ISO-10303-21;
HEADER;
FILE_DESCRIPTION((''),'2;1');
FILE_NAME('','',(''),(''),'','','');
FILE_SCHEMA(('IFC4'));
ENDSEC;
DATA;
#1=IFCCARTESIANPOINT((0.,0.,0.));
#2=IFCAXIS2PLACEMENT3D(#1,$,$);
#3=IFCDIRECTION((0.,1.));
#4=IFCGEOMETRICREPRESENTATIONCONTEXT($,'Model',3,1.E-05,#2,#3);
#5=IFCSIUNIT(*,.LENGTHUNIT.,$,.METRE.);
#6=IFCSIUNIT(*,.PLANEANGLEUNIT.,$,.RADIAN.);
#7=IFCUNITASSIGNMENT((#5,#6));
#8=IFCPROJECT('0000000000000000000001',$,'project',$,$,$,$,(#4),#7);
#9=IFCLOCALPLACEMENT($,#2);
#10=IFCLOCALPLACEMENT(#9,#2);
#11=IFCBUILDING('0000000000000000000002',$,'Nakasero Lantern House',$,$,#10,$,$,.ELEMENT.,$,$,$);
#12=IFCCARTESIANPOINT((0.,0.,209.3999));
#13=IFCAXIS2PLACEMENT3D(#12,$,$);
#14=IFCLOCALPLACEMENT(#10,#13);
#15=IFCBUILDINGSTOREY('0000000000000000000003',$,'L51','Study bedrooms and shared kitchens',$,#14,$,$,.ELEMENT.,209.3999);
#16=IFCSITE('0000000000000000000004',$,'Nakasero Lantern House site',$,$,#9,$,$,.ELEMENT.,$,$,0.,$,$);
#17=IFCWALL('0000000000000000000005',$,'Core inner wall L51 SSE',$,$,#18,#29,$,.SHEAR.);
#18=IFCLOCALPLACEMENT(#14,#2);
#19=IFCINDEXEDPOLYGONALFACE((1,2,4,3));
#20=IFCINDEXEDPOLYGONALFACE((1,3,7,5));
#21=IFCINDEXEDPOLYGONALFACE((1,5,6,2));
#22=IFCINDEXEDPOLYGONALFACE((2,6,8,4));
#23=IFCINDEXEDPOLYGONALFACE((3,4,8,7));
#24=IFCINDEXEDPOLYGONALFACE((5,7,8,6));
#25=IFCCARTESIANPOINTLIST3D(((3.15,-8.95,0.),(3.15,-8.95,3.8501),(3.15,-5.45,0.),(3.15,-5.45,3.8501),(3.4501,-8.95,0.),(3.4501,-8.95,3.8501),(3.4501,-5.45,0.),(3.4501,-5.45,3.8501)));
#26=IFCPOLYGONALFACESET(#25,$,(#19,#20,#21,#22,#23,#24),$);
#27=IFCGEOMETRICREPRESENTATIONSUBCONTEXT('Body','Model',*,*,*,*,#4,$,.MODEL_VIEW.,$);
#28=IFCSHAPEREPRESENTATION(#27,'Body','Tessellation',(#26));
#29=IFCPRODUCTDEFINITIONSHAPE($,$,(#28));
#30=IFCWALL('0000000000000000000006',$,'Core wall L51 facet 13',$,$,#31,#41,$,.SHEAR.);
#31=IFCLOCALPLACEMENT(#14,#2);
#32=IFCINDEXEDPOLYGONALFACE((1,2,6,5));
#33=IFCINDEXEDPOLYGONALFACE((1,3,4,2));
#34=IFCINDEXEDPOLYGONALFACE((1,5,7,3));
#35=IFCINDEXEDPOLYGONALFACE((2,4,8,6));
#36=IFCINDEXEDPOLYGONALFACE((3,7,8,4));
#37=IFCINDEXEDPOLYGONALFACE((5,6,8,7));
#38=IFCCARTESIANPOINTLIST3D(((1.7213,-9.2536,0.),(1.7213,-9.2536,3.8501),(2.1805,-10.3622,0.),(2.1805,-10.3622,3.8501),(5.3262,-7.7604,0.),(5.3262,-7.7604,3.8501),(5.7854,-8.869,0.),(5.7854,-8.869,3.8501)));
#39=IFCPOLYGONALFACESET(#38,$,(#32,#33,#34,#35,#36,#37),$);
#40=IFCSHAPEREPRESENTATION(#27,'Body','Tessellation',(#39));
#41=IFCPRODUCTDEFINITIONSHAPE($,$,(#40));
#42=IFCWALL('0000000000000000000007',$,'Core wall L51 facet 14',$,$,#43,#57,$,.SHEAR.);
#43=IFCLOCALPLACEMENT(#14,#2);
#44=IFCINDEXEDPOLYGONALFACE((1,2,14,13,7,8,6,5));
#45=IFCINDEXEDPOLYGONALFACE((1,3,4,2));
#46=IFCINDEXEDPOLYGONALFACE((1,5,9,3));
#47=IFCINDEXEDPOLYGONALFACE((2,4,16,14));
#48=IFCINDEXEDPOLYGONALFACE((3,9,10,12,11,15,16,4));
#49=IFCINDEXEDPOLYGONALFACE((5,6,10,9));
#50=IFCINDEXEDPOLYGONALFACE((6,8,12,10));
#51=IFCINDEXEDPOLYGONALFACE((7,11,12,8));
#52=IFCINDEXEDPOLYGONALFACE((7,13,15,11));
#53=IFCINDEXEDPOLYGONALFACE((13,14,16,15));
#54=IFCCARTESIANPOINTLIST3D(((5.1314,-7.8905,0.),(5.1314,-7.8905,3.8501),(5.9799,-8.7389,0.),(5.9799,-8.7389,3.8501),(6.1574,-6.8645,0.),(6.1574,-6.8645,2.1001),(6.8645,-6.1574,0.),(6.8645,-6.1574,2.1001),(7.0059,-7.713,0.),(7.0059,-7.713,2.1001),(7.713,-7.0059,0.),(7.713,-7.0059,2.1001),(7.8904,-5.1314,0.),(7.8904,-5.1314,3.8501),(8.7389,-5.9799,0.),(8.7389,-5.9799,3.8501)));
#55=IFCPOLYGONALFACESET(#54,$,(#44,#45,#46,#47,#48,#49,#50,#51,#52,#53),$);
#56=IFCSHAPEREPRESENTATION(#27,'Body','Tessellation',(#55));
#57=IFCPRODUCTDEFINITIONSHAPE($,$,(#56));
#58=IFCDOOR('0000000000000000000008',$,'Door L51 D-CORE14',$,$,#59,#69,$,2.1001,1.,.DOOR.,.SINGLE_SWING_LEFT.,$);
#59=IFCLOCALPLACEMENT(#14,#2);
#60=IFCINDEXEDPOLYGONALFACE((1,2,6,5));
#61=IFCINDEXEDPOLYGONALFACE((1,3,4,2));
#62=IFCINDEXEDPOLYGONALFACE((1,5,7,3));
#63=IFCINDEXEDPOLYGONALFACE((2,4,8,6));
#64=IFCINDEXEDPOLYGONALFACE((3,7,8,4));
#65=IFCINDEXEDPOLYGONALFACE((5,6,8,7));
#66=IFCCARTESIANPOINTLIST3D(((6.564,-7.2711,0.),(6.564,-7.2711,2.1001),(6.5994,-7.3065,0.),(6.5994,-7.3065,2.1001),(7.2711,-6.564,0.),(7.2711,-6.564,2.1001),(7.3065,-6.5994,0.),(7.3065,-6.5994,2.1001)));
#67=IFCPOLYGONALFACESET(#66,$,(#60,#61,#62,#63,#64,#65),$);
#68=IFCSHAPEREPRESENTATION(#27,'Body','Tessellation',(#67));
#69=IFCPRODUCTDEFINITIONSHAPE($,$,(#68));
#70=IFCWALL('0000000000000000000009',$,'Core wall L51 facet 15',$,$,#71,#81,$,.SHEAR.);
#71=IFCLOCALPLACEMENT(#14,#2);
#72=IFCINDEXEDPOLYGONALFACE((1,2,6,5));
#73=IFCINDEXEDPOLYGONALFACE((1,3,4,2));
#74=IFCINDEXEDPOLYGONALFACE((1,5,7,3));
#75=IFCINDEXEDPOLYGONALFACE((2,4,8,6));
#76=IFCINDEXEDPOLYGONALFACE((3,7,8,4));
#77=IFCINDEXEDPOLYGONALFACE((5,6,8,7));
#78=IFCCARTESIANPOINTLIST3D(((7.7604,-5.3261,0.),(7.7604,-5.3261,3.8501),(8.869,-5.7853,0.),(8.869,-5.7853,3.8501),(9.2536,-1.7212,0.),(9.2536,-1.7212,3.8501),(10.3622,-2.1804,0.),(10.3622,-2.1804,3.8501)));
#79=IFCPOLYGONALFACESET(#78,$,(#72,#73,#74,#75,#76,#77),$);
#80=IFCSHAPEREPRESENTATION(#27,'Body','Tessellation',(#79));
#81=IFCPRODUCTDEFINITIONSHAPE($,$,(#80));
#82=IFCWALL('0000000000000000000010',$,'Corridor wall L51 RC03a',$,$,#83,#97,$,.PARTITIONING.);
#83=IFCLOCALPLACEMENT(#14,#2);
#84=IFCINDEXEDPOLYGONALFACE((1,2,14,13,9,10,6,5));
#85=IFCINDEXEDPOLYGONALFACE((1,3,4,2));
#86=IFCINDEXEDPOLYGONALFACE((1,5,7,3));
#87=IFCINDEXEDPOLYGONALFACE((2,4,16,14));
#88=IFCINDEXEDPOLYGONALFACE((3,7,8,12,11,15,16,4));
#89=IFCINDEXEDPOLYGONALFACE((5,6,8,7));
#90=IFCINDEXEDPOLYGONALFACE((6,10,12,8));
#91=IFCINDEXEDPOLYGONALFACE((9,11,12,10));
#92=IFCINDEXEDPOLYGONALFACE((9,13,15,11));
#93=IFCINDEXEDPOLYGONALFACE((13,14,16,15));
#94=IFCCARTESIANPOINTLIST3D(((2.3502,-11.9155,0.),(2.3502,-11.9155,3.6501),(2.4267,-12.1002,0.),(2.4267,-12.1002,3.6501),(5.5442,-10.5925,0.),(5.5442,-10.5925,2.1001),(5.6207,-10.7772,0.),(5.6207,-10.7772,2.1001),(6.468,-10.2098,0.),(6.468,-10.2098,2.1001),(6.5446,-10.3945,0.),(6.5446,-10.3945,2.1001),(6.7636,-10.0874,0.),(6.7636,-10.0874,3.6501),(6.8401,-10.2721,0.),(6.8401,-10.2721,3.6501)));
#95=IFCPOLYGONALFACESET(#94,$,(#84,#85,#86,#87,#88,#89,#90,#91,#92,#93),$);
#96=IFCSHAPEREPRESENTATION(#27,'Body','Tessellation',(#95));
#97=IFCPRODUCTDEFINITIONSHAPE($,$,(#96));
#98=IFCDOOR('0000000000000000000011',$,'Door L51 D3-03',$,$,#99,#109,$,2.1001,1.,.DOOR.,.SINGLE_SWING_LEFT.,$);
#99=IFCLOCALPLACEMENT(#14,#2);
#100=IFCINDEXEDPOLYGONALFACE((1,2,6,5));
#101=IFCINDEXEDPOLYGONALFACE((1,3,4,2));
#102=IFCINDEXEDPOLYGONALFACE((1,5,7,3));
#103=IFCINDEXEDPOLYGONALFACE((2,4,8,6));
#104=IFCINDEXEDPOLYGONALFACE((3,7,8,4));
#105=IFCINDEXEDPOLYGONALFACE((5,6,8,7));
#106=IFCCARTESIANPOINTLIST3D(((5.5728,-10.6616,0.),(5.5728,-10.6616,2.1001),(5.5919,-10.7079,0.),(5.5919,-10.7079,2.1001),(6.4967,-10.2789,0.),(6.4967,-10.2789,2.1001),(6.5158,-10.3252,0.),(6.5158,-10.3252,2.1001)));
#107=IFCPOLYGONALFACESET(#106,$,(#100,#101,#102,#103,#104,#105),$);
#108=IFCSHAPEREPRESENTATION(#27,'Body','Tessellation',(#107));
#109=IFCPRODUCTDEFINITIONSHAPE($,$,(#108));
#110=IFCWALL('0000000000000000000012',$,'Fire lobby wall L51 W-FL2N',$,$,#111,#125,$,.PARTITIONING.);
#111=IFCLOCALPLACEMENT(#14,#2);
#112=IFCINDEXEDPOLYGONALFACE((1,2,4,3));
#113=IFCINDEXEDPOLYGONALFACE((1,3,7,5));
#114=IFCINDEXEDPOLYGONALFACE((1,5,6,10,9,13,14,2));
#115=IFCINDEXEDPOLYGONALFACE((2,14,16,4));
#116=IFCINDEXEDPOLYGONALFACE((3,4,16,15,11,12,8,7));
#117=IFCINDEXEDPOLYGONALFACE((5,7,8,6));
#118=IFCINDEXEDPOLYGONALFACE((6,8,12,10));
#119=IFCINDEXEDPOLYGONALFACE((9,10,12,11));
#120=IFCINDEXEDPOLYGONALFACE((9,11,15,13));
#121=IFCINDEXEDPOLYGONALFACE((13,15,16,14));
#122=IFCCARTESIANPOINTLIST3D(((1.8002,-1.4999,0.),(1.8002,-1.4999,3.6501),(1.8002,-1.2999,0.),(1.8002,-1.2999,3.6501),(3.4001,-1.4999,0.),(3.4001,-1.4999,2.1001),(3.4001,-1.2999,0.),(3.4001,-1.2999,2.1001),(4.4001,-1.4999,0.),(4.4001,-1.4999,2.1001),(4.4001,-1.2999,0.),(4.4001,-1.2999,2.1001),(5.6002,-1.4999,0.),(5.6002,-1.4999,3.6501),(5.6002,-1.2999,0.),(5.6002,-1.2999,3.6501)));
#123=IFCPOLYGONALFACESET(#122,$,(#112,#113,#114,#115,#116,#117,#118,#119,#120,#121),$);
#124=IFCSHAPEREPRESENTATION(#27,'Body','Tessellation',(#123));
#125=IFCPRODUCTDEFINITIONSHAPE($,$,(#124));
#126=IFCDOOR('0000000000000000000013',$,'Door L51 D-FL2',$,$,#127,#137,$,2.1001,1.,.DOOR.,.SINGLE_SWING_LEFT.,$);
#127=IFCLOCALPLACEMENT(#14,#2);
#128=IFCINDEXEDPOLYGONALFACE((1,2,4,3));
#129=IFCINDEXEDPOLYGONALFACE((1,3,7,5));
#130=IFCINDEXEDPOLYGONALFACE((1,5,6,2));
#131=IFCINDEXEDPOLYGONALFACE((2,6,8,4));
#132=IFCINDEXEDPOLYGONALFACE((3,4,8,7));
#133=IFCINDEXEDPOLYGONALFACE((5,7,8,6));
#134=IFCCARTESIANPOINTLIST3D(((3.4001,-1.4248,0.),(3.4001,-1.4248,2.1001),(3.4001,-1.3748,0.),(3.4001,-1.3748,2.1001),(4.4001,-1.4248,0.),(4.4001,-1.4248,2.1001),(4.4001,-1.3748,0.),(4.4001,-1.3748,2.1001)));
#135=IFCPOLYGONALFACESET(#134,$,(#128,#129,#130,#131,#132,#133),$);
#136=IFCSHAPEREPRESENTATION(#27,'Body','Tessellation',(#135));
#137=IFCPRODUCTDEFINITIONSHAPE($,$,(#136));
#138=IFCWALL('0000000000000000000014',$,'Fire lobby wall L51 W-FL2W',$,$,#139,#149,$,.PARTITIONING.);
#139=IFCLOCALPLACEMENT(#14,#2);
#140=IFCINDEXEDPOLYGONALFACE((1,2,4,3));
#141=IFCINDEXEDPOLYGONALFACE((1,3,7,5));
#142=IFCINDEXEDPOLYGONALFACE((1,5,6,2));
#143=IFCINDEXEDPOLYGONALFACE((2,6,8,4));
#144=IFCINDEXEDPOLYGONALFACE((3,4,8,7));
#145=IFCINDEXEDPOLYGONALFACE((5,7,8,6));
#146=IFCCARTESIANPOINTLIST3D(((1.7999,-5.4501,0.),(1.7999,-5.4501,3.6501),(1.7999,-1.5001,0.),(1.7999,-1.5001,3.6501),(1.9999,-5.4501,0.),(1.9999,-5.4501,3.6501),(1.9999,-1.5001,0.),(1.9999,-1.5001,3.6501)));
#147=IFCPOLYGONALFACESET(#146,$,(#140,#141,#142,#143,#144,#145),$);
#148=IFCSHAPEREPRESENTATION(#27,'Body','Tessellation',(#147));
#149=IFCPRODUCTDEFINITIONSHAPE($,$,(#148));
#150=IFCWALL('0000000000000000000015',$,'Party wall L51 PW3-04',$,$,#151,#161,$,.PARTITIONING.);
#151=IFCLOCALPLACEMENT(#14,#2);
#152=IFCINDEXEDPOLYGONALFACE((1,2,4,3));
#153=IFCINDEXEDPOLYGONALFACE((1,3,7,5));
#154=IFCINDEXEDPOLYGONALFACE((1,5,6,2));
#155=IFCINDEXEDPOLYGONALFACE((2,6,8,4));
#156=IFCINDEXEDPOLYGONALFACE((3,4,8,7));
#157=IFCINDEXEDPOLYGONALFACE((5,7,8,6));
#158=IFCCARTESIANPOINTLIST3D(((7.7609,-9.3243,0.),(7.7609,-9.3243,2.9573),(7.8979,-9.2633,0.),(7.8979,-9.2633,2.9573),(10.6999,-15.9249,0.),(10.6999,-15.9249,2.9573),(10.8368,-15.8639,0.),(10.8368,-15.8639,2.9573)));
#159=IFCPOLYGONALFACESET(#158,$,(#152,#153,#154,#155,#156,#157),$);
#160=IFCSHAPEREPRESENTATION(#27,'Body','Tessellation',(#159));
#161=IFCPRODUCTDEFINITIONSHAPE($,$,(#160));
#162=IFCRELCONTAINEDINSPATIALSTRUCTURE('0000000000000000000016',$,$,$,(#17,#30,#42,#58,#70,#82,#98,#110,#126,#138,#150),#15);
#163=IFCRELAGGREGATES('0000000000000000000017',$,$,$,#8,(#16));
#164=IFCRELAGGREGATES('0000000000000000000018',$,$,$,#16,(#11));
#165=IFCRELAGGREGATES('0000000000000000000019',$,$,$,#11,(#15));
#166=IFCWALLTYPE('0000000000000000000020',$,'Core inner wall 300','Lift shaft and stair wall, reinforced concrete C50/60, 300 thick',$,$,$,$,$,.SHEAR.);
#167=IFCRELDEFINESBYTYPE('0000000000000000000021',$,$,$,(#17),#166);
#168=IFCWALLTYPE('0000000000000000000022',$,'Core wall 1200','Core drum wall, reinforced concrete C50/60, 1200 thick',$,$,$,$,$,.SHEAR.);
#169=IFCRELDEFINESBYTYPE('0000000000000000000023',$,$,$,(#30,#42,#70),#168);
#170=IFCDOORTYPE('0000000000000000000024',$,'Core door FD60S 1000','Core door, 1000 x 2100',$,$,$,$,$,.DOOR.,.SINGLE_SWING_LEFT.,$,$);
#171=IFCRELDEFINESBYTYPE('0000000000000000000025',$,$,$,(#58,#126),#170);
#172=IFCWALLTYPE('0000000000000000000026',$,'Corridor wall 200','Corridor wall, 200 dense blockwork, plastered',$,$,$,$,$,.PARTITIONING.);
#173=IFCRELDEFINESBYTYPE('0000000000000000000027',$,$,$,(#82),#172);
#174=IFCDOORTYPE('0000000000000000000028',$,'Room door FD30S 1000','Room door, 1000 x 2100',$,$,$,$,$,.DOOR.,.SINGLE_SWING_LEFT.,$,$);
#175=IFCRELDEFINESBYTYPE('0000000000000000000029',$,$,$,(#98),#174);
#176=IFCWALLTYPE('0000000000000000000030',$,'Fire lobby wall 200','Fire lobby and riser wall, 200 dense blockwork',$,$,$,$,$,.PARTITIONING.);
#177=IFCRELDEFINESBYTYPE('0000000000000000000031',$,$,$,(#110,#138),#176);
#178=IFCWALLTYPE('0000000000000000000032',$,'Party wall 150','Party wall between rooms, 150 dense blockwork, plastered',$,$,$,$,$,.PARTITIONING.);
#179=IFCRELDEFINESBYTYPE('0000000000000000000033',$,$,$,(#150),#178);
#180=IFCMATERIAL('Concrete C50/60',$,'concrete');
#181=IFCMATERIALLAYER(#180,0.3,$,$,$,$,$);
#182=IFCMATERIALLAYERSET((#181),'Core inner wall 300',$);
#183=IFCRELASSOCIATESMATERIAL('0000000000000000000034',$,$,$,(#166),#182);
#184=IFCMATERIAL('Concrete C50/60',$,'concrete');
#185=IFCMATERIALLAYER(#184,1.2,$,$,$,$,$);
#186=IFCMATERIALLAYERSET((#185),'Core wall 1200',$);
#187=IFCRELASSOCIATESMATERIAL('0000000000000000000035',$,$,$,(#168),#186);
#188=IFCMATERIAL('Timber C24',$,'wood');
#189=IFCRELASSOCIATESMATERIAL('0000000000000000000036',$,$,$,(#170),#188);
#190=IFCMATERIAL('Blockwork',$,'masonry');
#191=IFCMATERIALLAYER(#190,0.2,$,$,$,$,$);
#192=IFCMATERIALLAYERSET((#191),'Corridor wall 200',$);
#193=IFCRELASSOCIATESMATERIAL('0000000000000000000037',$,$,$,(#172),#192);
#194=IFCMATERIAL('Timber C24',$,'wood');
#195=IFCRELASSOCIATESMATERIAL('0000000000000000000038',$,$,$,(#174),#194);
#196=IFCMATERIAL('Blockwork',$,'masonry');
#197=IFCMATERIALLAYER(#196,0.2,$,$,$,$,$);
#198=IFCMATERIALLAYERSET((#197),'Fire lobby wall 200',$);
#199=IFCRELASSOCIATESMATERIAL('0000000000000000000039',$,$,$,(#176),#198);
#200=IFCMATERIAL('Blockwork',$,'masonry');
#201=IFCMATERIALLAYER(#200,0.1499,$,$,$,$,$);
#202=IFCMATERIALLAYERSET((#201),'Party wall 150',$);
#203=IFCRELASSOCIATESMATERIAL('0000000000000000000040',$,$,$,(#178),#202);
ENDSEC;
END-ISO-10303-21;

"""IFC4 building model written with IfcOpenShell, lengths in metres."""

from ifc_helpers import new_model, si_unit, direction, frame, frame_2d, origin, place, context, subcontext, project, spatial, rectangle, extrude, material, layer, layer_set, type_object, element, fill, save


model = new_model("IFC4")

# Units and contexts
model_context = context("Model", 3, precision=1e-05, world=origin(), true_north=direction((0.0, 1.0)))
body_context = subcontext(model_context, "Body", "Model", "MODEL_VIEW")
ifc_project = project(units=[si_unit("LENGTHUNIT", "METRE"), si_unit("PLANEANGLEUNIT", "RADIAN")], contexts=[model_context])

# Site, building, storey
site_placement = place(None, origin())
site = spatial("IfcSite", under=ifc_project, at=site_placement, Name="Nakasero Lantern House site", CompositionType="ELEMENT", RefElevation=0.0)
building_placement = place(site_placement, origin())
building = spatial("IfcBuilding", under=site, at=building_placement, Name="Nakasero Lantern House", CompositionType="ELEMENT")
storey_placement = place(building_placement, frame((0.0, 0.0, 209.3999)))
storey = spatial("IfcBuildingStorey", under=building, at=storey_placement, Name="L51", Description="Study bedrooms and shared kitchens", CompositionType="ELEMENT", Elevation=209.3999)

# Shared definitions
ifc_material_1 = material(Name="Concrete C50/60", Category="concrete")
ifc_layer_1 = layer(ifc_material_1, 0.3)
ifc_layer_set_1 = layer_set([ifc_layer_1], Name="Core inner wall 300")
wall_type_1 = type_object("IfcWallType", Name="Core inner wall 300", Description="Lift shaft and stair wall, reinforced concrete C50/60, 300 thick", PredefinedType="SHEAR", material=ifc_layer_set_1)

# Walls
wall_1_placement = place(storey_placement, frame((3.3, -5.45, 0.0), z_axis=(0.0, 0.0, 1.0), x_axis=(0.0, -1.0, 0.0)))
element("IfcWall", 1, at=wall_1_placement, inside=storey, type_object=wall_type_1, Name="Core inner wall L51 SSE", PredefinedType="SHEAR", context=body_context, shape_type="SweptSolid", body=[
    extrude(rectangle(XDim=3.5, YDim=0.3, at=frame_2d((1.75, 0.0))), origin(), (0.0, 0.0, 1.0), 3.8501),
])
ifc_material_2 = material(Name="Concrete C50/60", Category="concrete")
ifc_layer_2 = layer(ifc_material_2, 1.2)
ifc_layer_set_2 = layer_set([ifc_layer_2], Name="Core wall 1200")
wall_type_2 = type_object("IfcWallType", Name="Core wall 1200", Description="Core drum wall, reinforced concrete C50/60, 1200 thick", PredefinedType="SHEAR", material=ifc_layer_set_2)
wall_2_placement = place(storey_placement, frame((1.9509, -9.8079, 0.0), z_axis=(0.0, 0.0, 1.0), x_axis=(0.923877, 0.382691, 0.0)))
element("IfcWall", 2, at=wall_2_placement, inside=storey, type_object=wall_type_2, Name="Core wall L51 facet 13", PredefinedType="SHEAR", context=body_context, shape_type="SweptSolid", body=[
    extrude(rectangle(XDim=3.9019, YDim=1.2, at=frame_2d((1.9509, 0.0))), origin(), (0.0, 0.0, 1.0), 3.8501),
])

# Wall, opening, door
wall_3_placement = place(storey_placement, frame((5.5557, -8.3147, 0.0), z_axis=(0.0, 0.0, 1.0), x_axis=(0.707107, 0.707107, 0.0)))
wall_3 = element("IfcWall", 3, at=wall_3_placement, inside=storey, type_object=wall_type_2, Name="Core wall L51 facet 14", PredefinedType="SHEAR", context=body_context, shape_type="SweptSolid", body=[
    extrude(rectangle(XDim=3.9019, YDim=1.2, at=frame_2d((1.9509, 0.0))), origin(), (0.0, 0.0, 1.0), 3.8501),
])
opening_1_placement = place(wall_3_placement, frame((1.4509, 0.0, 0.0)))
opening_1 = element("IfcOpeningElement", 4, at=opening_1_placement, cuts=wall_3, PredefinedType="OPENING", context=body_context, shape_type="SweptSolid", body=[
    extrude(rectangle(XDim=1.0, YDim=2.1001, at=frame_2d((0.5, 1.05))), frame((0.0, 0.6199, 0.0), z_axis=(0.0, -1.0, 0.0), x_axis=(1.0, 0.0, 0.0)), (0.0, 0.0, 1.0), 1.24),
])
ifc_material_3 = material(Name="Timber C24", Category="wood")
door_type_1 = type_object("IfcDoorType", Name="Core door FD60S 1000", Description="Core door, 1000 x 2100", OperationType="SINGLE_SWING_LEFT", PredefinedType="DOOR", material=ifc_material_3)
door_1_placement = place(opening_1_placement, origin())
door_1 = element("IfcDoor", 5, at=door_1_placement, inside=storey, type_object=door_type_1, Name="Door L51 D-CORE14", OperationType="SINGLE_SWING_LEFT", OverallHeight=2.1001, OverallWidth=1.0, PredefinedType="DOOR", context=body_context, shape_type="SweptSolid", body=[
    extrude(rectangle(XDim=1.0, YDim=2.1001, at=frame_2d((0.5, 1.05))), frame((0.0, 0.0249, 0.0), z_axis=(0.0, -1.0, 0.0), x_axis=(1.0, 0.0, 0.0)), (0.0, 0.0, 1.0), 0.05),
])
fill(opening_1, door_1)

# Wall
wall_4_placement = place(storey_placement, frame((8.3147, -5.5557, 0.0), z_axis=(0.0, 0.0, 1.0), x_axis=(0.382691, 0.923877, 0.0)))
element("IfcWall", 6, at=wall_4_placement, inside=storey, type_object=wall_type_2, Name="Core wall L51 facet 15", PredefinedType="SHEAR", context=body_context, shape_type="SweptSolid", body=[
    extrude(rectangle(XDim=3.9019, YDim=1.2, at=frame_2d((1.9509, 0.0))), origin(), (0.0, 0.0, 1.0), 3.8501),
])

# Walls, openings, doors
ifc_material_4 = material(Name="Blockwork", Category="masonry")
ifc_layer_3 = layer(ifc_material_4, 0.2)
ifc_layer_set_3 = layer_set([ifc_layer_3], Name="Corridor wall 200")
wall_type_3 = type_object("IfcWallType", Name="Corridor wall 200", Description="Corridor wall, 200 dense blockwork, plastered", PredefinedType="PARTITIONING", material=ifc_layer_set_3)
wall_5_placement = place(storey_placement, frame((6.802, -10.1797, 0.0), z_axis=(0.0, 0.0, 1.0), x_axis=(-0.923882, -0.382677, 0.0)))
wall_5 = element("IfcWall", 7, at=wall_5_placement, inside=storey, type_object=wall_type_3, Name="Corridor wall L51 RC03a", PredefinedType="PARTITIONING", context=body_context, shape_type="SweptSolid", body=[
    extrude(rectangle(XDim=4.7771, YDim=0.2, at=frame_2d((2.3887, 0.0))), origin(), (0.0, 0.0, 1.0), 3.6501),
])
opening_2_placement = place(wall_5_placement, frame((0.3201, 0.0, 0.0)))
opening_2 = element("IfcOpeningElement", 8, at=opening_2_placement, cuts=wall_5, PredefinedType="OPENING", context=body_context, shape_type="SweptSolid", body=[
    extrude(rectangle(XDim=1.0, YDim=2.1001, at=frame_2d((0.5, 1.05))), frame((0.0, 0.1199, 0.0), z_axis=(0.0, -1.0, 0.0), x_axis=(1.0, 0.0, 0.0)), (0.0, 0.0, 1.0), 0.24),
])
ifc_material_5 = material(Name="Timber C24", Category="wood")
door_type_2 = type_object("IfcDoorType", Name="Room door FD30S 1000", Description="Room door, 1000 x 2100", OperationType="SINGLE_SWING_LEFT", PredefinedType="DOOR", material=ifc_material_5)
door_2_placement = place(opening_2_placement, origin())
door_2 = element("IfcDoor", 9, at=door_2_placement, inside=storey, type_object=door_type_2, Name="Door L51 D3-03", OperationType="SINGLE_SWING_LEFT", OverallHeight=2.1001, OverallWidth=1.0, PredefinedType="DOOR", context=body_context, shape_type="SweptSolid", body=[
    extrude(rectangle(XDim=1.0, YDim=2.1001, at=frame_2d((0.5, 1.05))), frame((0.0, 0.0249, 0.0), z_axis=(0.0, -1.0, 0.0), x_axis=(1.0, 0.0, 0.0)), (0.0, 0.0, 1.0), 0.05),
])
fill(opening_2, door_2)
ifc_material_6 = material(Name="Blockwork", Category="masonry")
ifc_layer_4 = layer(ifc_material_6, 0.2)
ifc_layer_set_4 = layer_set([ifc_layer_4], Name="Fire lobby wall 200")
wall_type_4 = type_object("IfcWallType", Name="Fire lobby wall 200", Description="Fire lobby and riser wall, 200 dense blockwork", PredefinedType="PARTITIONING", material=ifc_layer_set_4)
wall_6_placement = place(storey_placement, frame((5.6001, -1.3999, 0.0), z_axis=(0.0, 0.0, 1.0), x_axis=(-1.0, 0.0, 0.0)))
wall_6 = element("IfcWall", 10, at=wall_6_placement, inside=storey, type_object=wall_type_4, Name="Fire lobby wall L51 W-FL2N", PredefinedType="PARTITIONING", context=body_context, shape_type="SweptSolid", body=[
    extrude(rectangle(XDim=3.8, YDim=0.2, at=frame_2d((1.8999, 0.0))), origin(), (0.0, 0.0, 1.0), 3.6501),
])
opening_3_placement = place(wall_6_placement, frame((1.2, 0.0, 0.0)))
opening_3 = element("IfcOpeningElement", 11, at=opening_3_placement, cuts=wall_6, PredefinedType="OPENING", context=body_context, shape_type="SweptSolid", body=[
    extrude(rectangle(XDim=1.0, YDim=2.1001, at=frame_2d((0.5, 1.05))), frame((0.0, 0.1199, 0.0), z_axis=(0.0, -1.0, 0.0), x_axis=(1.0, 0.0, 0.0)), (0.0, 0.0, 1.0), 0.24),
])
door_3_placement = place(opening_3_placement, origin())
door_3 = element("IfcDoor", 12, at=door_3_placement, inside=storey, type_object=door_type_1, Name="Door L51 D-FL2", OperationType="SINGLE_SWING_LEFT", OverallHeight=2.1001, OverallWidth=1.0, PredefinedType="DOOR", context=body_context, shape_type="SweptSolid", body=[
    extrude(rectangle(XDim=1.0, YDim=2.1001, at=frame_2d((0.5, 1.05))), frame((0.0, 0.0249, 0.0), z_axis=(0.0, -1.0, 0.0), x_axis=(1.0, 0.0, 0.0)), (0.0, 0.0, 1.0), 0.05),
])
fill(opening_3, door_3)

# Walls
wall_7_placement = place(storey_placement, frame((1.8999, -1.5, 0.0), z_axis=(0.0, 0.0, 1.0), x_axis=(0.0, -1.0, 0.0)))
element("IfcWall", 13, at=wall_7_placement, inside=storey, type_object=wall_type_4, Name="Fire lobby wall L51 W-FL2W", PredefinedType="PARTITIONING", context=body_context, shape_type="SweptSolid", body=[
    extrude(rectangle(XDim=3.95, YDim=0.2, at=frame_2d((1.9751, 0.0))), origin(), (0.0, 0.0, 1.0), 3.6501),
])
ifc_material_7 = material(Name="Blockwork", Category="masonry")
ifc_layer_5 = layer(ifc_material_7, 0.1499)
ifc_layer_set_5 = layer_set([ifc_layer_5], Name="Party wall 150")
wall_type_5 = type_object("IfcWallType", Name="Party wall 150", Description="Party wall between rooms, 150 dense blockwork, plastered", PredefinedType="PARTITIONING", material=ifc_layer_set_5)
wall_8_placement = place(storey_placement, frame((7.8293, -9.2937, 0.0), z_axis=(0.0, 0.0, 1.0), x_axis=(0.406759, -0.913535, 0.0)))
element("IfcWall", 14, at=wall_8_placement, inside=storey, type_object=wall_type_5, Name="Party wall L51 PW3-04", PredefinedType="PARTITIONING", context=body_context, shape_type="SweptSolid", body=[
    extrude(rectangle(XDim=7.2253, YDim=0.1499, at=frame_2d((3.6128, 0.0))), origin(), (0.0, 0.0, 1.0), 2.9573),
])

save(model, "model.ifc")
